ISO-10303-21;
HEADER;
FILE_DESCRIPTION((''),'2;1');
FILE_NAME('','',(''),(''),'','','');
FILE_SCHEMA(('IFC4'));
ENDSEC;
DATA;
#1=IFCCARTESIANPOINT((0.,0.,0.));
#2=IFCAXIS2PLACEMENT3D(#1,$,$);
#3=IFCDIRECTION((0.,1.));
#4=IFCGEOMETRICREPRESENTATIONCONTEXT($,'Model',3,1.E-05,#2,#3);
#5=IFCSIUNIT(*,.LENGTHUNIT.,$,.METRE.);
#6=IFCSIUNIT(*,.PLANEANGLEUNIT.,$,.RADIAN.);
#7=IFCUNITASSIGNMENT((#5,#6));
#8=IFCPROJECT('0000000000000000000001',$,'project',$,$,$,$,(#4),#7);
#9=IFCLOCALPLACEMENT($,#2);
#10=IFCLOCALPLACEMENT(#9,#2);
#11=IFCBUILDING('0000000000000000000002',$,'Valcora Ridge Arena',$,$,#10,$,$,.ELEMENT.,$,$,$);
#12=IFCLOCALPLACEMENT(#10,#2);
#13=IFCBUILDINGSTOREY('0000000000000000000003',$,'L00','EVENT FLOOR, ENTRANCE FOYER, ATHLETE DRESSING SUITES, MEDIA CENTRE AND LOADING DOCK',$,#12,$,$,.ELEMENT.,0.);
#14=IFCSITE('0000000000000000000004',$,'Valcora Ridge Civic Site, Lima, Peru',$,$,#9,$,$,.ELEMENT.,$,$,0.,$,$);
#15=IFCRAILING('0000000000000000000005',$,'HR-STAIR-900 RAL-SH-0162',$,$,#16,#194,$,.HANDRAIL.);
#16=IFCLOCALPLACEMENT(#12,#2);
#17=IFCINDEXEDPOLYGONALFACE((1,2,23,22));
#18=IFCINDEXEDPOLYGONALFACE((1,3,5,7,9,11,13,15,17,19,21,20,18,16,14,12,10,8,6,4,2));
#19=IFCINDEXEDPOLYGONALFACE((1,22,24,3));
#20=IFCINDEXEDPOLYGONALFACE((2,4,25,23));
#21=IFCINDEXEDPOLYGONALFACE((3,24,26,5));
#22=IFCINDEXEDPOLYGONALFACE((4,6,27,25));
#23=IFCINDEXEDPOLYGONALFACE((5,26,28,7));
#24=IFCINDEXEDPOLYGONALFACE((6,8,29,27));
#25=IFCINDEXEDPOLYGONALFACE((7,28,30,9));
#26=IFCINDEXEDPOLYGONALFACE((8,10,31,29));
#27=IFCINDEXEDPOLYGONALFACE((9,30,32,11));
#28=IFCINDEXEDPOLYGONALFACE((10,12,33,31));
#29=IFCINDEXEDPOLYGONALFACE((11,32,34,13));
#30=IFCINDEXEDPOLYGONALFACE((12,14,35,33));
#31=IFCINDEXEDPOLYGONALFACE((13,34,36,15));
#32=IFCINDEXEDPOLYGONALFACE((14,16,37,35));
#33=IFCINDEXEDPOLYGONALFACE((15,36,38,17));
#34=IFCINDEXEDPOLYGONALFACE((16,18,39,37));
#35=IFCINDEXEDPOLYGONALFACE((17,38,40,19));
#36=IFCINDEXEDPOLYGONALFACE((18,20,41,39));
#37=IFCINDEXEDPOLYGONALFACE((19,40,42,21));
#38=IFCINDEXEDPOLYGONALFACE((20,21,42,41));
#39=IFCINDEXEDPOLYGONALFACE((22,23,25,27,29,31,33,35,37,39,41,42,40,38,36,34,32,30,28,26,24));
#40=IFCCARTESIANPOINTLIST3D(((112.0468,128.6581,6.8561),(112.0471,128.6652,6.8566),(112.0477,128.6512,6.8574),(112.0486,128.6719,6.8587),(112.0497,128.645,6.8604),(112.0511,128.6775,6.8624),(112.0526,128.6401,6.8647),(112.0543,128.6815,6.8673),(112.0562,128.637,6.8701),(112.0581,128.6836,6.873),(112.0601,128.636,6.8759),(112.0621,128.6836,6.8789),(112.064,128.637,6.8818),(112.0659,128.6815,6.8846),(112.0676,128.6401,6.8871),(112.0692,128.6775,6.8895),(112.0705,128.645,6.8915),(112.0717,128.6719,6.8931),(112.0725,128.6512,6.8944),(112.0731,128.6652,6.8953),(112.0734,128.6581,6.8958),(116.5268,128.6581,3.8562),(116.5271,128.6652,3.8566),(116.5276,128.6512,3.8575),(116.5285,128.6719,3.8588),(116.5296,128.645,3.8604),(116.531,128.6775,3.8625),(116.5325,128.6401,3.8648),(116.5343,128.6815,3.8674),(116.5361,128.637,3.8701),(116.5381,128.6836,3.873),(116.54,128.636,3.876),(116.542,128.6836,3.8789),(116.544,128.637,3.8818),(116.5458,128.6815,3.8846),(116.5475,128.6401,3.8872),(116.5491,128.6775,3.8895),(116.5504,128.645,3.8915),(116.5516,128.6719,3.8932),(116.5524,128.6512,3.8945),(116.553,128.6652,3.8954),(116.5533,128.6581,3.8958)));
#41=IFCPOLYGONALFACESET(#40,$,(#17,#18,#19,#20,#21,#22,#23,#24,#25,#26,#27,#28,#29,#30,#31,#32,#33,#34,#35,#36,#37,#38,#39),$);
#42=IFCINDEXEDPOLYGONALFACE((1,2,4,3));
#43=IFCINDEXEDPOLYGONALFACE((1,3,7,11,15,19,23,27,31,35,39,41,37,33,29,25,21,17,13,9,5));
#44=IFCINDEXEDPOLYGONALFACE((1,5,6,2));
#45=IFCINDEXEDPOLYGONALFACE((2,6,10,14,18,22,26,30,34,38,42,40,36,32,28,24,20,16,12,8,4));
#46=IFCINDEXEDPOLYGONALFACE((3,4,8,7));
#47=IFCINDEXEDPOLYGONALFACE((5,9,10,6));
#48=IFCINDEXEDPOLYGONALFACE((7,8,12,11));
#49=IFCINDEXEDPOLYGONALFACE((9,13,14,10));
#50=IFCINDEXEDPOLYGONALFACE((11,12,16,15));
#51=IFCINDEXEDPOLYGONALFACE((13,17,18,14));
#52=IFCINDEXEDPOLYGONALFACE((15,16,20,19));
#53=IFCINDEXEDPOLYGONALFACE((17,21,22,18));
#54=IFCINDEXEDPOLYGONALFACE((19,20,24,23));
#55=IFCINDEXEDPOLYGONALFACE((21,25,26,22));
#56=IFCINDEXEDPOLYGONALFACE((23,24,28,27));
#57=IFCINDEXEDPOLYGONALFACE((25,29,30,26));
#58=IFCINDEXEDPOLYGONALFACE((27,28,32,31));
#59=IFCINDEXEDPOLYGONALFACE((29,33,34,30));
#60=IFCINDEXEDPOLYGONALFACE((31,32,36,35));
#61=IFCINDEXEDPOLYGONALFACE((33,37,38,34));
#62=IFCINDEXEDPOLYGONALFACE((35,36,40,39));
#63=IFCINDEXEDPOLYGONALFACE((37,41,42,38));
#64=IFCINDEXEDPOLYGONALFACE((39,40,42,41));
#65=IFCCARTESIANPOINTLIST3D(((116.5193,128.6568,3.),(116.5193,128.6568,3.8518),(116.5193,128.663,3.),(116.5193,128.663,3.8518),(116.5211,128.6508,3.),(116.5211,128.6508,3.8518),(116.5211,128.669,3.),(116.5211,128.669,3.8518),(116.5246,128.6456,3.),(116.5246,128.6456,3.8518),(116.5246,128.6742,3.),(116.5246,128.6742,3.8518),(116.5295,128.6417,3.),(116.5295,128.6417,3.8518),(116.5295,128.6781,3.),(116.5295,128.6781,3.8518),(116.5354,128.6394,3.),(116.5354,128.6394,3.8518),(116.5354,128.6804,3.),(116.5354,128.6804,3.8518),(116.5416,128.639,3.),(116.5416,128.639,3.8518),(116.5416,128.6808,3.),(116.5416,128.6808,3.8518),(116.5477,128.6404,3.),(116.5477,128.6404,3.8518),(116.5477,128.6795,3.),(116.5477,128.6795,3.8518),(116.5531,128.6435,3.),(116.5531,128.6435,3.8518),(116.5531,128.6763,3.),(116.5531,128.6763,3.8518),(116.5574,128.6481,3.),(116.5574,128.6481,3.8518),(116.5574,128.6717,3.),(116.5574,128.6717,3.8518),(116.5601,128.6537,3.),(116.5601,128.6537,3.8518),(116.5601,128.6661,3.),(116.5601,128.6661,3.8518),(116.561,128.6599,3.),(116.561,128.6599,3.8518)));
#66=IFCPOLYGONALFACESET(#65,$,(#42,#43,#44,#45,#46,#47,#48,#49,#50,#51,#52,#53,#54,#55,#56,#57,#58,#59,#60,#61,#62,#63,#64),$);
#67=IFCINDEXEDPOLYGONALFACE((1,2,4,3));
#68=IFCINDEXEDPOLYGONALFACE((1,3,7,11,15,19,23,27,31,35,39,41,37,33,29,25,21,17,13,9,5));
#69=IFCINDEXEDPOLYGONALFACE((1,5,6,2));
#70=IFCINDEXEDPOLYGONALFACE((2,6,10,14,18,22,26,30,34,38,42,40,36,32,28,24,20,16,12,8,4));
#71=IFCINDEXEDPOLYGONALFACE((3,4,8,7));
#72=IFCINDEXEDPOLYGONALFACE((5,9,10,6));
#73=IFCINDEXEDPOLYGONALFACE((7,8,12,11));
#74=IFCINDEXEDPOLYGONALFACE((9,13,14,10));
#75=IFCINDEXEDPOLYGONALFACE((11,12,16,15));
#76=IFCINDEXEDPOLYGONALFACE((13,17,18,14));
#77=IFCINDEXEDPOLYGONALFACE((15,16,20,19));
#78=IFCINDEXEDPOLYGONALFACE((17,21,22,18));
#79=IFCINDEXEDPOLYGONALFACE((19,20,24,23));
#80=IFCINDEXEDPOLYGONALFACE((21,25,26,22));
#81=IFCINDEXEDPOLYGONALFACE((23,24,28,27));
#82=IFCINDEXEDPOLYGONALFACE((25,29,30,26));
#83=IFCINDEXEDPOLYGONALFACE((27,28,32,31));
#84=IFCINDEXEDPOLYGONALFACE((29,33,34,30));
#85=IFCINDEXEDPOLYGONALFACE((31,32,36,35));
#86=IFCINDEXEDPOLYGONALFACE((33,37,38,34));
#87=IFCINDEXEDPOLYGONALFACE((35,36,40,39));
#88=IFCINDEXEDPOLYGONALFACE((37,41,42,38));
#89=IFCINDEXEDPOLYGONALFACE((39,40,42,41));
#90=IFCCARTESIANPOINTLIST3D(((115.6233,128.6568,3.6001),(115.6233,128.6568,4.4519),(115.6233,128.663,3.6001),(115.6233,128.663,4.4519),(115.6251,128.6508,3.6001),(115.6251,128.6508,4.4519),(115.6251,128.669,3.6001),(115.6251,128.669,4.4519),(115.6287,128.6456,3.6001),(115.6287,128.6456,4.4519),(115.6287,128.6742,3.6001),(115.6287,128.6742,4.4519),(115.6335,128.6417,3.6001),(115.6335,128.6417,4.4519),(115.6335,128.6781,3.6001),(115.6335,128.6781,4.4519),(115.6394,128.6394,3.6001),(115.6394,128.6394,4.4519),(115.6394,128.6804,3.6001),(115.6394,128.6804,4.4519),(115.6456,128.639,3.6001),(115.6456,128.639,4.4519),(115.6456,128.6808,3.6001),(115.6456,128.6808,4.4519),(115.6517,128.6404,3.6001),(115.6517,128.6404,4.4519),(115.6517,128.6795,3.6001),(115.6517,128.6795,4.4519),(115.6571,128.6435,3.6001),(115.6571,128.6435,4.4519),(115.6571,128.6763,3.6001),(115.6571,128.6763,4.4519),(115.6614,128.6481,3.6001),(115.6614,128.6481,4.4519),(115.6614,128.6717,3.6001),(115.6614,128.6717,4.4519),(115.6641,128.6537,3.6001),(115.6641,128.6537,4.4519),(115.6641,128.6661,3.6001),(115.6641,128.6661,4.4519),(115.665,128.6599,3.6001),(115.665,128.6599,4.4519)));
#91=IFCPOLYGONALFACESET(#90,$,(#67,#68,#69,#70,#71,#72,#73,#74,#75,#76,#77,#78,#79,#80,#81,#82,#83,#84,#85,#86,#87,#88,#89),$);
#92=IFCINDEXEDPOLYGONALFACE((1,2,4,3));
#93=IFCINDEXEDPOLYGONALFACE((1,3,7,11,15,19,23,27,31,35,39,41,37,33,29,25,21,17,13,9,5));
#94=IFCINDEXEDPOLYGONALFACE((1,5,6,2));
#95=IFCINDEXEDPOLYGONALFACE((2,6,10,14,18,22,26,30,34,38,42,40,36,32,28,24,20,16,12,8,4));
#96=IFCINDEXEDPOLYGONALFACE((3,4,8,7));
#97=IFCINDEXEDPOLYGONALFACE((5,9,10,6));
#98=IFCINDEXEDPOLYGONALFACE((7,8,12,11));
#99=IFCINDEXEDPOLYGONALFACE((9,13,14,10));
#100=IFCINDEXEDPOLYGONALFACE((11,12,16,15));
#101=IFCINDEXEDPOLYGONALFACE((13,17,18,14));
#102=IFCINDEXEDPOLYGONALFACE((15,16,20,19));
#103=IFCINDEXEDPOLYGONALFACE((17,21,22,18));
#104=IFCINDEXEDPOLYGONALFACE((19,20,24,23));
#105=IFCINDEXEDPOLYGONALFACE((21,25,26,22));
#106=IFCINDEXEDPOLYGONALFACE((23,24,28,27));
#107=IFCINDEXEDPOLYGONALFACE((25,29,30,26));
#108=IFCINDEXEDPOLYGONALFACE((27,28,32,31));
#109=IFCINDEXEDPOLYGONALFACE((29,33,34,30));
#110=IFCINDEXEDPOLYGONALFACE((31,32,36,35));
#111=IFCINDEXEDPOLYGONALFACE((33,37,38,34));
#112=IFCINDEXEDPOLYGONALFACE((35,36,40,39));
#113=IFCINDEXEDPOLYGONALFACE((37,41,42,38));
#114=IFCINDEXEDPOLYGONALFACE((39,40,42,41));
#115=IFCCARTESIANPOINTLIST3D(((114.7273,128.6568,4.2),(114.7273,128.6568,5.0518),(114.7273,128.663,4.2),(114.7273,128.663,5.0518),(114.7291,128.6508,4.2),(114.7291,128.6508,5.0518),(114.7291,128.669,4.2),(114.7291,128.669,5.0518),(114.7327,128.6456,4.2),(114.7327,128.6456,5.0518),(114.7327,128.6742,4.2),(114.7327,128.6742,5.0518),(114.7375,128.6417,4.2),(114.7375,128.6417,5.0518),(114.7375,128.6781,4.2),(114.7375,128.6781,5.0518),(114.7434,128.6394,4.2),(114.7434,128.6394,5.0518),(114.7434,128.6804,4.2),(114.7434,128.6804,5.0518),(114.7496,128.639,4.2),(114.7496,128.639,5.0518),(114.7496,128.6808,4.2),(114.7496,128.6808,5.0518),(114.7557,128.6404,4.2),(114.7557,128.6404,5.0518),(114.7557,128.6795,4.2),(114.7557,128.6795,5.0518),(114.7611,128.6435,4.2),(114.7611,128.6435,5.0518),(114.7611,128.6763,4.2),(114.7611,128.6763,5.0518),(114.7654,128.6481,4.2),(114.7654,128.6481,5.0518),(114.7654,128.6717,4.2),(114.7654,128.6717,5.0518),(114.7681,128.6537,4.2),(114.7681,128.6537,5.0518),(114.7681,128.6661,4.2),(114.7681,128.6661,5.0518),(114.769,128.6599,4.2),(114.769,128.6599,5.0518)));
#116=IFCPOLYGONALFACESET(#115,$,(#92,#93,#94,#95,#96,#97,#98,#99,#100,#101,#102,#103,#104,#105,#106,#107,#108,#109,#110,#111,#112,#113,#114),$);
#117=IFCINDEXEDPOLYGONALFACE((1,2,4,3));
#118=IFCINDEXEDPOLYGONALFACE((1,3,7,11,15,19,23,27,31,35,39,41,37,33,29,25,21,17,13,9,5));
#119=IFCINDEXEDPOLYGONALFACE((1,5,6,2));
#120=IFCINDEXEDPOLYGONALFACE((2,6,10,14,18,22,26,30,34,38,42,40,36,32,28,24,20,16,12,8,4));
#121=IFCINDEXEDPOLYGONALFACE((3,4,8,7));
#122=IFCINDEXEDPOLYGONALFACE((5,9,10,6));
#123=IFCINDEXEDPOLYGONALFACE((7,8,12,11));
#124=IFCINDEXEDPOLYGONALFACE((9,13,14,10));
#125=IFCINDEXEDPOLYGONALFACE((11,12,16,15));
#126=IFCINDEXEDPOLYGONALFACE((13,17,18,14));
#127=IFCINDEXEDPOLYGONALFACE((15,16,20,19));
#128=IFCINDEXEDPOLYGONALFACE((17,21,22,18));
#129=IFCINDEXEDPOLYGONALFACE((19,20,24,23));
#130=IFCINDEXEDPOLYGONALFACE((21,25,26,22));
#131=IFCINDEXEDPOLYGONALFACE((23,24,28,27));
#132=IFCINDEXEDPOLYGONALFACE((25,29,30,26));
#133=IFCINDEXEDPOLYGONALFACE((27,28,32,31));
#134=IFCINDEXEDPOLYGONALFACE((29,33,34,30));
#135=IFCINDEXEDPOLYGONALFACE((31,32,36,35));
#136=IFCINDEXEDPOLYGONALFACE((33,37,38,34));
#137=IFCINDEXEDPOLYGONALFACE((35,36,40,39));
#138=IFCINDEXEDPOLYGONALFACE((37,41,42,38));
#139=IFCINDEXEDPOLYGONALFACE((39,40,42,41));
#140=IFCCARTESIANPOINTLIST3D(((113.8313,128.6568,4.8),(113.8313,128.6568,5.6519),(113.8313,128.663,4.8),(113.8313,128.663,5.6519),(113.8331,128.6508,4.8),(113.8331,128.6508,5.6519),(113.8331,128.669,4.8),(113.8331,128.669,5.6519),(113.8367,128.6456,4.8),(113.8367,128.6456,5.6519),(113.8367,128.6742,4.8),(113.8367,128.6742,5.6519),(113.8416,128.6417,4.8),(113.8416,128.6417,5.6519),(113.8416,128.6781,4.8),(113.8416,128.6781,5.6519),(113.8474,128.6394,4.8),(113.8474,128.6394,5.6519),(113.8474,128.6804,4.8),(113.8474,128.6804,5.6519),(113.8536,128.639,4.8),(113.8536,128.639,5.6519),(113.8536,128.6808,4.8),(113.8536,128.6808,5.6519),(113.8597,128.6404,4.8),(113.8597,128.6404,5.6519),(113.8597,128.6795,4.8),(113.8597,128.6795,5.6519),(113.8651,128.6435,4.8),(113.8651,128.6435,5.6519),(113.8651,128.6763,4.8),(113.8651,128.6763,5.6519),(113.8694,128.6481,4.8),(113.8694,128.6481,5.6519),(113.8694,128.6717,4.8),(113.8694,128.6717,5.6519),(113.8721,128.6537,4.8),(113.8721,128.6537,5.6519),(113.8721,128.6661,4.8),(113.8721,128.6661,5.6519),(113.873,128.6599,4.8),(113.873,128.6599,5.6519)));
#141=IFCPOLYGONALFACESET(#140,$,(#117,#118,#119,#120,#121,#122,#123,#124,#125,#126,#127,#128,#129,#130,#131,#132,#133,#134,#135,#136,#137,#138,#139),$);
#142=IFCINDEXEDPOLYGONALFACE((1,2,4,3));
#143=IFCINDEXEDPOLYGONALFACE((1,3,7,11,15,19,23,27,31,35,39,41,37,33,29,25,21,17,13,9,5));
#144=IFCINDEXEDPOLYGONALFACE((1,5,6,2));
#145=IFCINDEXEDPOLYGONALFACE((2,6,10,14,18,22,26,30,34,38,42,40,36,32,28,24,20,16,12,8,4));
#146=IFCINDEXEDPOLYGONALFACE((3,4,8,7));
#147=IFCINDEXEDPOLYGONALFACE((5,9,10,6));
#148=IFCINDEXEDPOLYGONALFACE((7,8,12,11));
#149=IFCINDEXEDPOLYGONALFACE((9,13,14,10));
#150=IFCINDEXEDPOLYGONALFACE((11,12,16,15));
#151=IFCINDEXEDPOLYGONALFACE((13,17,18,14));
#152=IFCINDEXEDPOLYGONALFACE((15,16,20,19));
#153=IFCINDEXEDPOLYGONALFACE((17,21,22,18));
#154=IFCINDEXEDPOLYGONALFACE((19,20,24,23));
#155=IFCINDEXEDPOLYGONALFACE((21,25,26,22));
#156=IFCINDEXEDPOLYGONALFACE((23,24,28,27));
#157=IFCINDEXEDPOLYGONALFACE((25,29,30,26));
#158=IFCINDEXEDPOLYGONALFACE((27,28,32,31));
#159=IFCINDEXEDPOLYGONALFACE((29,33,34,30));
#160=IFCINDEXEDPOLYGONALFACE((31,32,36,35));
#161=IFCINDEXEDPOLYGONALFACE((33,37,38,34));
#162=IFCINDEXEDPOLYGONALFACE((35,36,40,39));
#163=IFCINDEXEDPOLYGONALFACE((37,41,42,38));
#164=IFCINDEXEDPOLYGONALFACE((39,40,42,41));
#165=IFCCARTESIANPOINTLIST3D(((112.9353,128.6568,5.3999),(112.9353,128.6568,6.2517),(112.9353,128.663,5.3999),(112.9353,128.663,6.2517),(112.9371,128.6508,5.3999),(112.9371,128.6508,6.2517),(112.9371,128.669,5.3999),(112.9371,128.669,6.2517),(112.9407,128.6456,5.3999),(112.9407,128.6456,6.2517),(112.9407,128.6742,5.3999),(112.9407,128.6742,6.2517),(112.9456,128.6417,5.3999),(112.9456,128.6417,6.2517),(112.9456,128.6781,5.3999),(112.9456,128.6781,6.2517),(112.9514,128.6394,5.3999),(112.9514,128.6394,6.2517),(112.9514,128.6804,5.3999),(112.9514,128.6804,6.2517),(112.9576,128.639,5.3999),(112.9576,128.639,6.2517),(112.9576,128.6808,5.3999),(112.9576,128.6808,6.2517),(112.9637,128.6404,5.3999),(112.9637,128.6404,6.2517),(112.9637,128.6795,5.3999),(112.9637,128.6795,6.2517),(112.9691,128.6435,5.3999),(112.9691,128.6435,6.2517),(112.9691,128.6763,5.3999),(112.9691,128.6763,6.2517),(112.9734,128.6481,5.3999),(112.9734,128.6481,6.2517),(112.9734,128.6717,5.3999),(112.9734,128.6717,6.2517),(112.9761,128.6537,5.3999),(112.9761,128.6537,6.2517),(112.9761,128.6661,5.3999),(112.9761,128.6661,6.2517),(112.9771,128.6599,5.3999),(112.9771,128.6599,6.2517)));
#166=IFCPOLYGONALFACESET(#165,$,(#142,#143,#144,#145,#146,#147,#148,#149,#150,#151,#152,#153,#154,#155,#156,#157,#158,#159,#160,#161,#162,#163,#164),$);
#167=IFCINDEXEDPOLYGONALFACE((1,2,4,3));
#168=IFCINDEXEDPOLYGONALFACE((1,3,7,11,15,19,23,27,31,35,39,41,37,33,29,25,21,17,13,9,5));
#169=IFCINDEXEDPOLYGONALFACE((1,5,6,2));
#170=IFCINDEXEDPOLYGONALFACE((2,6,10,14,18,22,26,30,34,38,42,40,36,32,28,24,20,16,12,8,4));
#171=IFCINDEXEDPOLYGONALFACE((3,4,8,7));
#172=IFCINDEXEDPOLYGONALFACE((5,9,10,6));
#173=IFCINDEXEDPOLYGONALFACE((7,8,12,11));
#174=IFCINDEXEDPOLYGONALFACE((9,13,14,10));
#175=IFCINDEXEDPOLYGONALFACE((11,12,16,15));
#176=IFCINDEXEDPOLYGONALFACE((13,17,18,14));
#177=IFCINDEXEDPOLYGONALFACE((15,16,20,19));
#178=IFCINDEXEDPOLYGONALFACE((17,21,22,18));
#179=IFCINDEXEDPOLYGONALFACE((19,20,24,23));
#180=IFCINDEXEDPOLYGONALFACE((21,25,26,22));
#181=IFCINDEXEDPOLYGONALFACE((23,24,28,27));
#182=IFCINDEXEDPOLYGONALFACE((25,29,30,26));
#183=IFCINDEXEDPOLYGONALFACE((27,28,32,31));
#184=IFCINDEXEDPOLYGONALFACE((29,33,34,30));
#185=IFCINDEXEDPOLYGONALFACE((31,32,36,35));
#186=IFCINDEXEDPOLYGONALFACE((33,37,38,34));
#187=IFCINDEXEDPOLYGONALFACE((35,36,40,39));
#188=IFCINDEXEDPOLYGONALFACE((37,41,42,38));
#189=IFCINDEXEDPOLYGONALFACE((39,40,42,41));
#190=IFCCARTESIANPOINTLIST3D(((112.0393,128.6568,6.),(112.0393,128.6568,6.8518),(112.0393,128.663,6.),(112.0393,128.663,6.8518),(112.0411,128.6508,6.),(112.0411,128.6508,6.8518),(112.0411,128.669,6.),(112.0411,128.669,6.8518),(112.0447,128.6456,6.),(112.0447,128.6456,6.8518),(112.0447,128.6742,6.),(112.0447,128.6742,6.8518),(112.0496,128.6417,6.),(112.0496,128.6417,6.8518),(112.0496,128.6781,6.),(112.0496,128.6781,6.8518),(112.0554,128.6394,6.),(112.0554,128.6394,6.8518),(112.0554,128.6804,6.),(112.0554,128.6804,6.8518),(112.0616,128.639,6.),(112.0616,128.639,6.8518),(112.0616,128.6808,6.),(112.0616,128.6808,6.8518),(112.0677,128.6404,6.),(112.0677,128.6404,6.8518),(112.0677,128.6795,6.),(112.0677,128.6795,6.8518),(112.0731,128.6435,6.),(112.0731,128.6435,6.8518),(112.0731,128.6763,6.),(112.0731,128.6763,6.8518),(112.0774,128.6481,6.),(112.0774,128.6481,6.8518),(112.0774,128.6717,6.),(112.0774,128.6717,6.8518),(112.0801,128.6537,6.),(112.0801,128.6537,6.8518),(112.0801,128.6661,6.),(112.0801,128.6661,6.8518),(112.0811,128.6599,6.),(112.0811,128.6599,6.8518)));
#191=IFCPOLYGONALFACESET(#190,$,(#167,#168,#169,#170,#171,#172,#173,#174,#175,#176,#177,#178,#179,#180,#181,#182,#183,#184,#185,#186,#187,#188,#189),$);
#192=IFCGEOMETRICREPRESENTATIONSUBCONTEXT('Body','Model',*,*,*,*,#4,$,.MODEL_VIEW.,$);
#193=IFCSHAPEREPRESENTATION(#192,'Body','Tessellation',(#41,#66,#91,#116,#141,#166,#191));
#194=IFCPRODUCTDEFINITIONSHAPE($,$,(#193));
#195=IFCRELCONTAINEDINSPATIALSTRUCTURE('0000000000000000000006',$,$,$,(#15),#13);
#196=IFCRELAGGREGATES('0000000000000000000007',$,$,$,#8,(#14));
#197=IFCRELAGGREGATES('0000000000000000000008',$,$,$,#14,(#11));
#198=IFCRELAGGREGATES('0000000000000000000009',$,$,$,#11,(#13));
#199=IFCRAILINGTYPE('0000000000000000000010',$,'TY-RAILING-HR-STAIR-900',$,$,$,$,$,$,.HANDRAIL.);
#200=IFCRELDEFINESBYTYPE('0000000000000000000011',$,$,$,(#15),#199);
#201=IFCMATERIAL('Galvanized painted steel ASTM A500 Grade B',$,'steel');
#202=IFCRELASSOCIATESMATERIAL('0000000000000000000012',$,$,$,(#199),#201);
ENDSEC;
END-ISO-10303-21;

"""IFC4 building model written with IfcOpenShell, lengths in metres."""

from ifc_helpers import new_model, si_unit, direction, frame, origin, origin_2d, place, context, subcontext, project, spatial, circle, extrude, material, type_object, element, save


model = new_model("IFC4")

# Units and contexts
model_context = context("Model", 3, precision=1e-05, world=origin(), true_north=direction((0.0, 1.0)))
body_context = subcontext(model_context, "Body", "Model", "MODEL_VIEW")
ifc_project = project(units=[si_unit("LENGTHUNIT", "METRE"), si_unit("PLANEANGLEUNIT", "RADIAN")], contexts=[model_context])

# Site, building, storey
site_placement = place(None, origin())
site = spatial("IfcSite", under=ifc_project, at=site_placement, Name="Valcora Ridge Civic Site, Lima, Peru", CompositionType="ELEMENT", RefElevation=0.0)
building_placement = place(site_placement, origin())
building = spatial("IfcBuilding", under=site, at=building_placement, Name="Valcora Ridge Arena", CompositionType="ELEMENT")
storey_placement = place(building_placement, origin())
storey = spatial("IfcBuildingStorey", under=building, at=storey_placement, Name="L00", Description="EVENT FLOOR, ENTRANCE FOYER, ATHLETE DRESSING SUITES, MEDIA CENTRE AND LOADING DOCK", CompositionType="ELEMENT", Elevation=0.0)

# Railing
ifc_material_1 = material(Name="Galvanized painted steel ASTM A500 Grade B", Category="steel")
railing_type = type_object("IfcRailingType", Name="TY-RAILING-HR-STAIR-900", PredefinedType="HANDRAIL", material=ifc_material_1)
railing_placement = place(storey_placement, frame((116.54, 128.6599, 3.0)))
element("IfcRailing", 1, at=railing_placement, inside=storey, type_object=railing_type, Name="HR-STAIR-900 RAL-SH-0162", PredefinedType="HANDRAIL", context=body_context, shape_type="SweptSolid", body=[
    extrude(circle(Radius=0.0239, at=origin_2d()), frame((0.0, 0.0, 0.876), z_axis=(-0.830906, 0.0, 0.556413), x_axis=(0.0, -1.0, 0.0)), (0.0, 0.0, 1.0), 5.3916),
    extrude(circle(Radius=0.021, at=origin_2d()), origin(), (0.0, 0.0, 1.0), 0.8518),
    extrude(circle(Radius=0.021, at=origin_2d()), frame((-0.896, 0.0, 0.6001)), (0.0, 0.0, 1.0), 0.8518),
    extrude(circle(Radius=0.021, at=origin_2d()), frame((-1.792, 0.0, 1.2)), (0.0, 0.0, 1.0), 0.8518),
    extrude(circle(Radius=0.021, at=origin_2d()), frame((-2.688, 0.0, 1.8)), (0.0, 0.0, 1.0), 0.8518),
    extrude(circle(Radius=0.021, at=origin_2d()), frame((-3.584, 0.0, 2.3999)), (0.0, 0.0, 1.0), 0.8518),
    extrude(circle(Radius=0.021, at=origin_2d()), frame((-4.48, 0.0, 3.0)), (0.0, 0.0, 1.0), 0.8518),
])

save(model, "model.ifc")
